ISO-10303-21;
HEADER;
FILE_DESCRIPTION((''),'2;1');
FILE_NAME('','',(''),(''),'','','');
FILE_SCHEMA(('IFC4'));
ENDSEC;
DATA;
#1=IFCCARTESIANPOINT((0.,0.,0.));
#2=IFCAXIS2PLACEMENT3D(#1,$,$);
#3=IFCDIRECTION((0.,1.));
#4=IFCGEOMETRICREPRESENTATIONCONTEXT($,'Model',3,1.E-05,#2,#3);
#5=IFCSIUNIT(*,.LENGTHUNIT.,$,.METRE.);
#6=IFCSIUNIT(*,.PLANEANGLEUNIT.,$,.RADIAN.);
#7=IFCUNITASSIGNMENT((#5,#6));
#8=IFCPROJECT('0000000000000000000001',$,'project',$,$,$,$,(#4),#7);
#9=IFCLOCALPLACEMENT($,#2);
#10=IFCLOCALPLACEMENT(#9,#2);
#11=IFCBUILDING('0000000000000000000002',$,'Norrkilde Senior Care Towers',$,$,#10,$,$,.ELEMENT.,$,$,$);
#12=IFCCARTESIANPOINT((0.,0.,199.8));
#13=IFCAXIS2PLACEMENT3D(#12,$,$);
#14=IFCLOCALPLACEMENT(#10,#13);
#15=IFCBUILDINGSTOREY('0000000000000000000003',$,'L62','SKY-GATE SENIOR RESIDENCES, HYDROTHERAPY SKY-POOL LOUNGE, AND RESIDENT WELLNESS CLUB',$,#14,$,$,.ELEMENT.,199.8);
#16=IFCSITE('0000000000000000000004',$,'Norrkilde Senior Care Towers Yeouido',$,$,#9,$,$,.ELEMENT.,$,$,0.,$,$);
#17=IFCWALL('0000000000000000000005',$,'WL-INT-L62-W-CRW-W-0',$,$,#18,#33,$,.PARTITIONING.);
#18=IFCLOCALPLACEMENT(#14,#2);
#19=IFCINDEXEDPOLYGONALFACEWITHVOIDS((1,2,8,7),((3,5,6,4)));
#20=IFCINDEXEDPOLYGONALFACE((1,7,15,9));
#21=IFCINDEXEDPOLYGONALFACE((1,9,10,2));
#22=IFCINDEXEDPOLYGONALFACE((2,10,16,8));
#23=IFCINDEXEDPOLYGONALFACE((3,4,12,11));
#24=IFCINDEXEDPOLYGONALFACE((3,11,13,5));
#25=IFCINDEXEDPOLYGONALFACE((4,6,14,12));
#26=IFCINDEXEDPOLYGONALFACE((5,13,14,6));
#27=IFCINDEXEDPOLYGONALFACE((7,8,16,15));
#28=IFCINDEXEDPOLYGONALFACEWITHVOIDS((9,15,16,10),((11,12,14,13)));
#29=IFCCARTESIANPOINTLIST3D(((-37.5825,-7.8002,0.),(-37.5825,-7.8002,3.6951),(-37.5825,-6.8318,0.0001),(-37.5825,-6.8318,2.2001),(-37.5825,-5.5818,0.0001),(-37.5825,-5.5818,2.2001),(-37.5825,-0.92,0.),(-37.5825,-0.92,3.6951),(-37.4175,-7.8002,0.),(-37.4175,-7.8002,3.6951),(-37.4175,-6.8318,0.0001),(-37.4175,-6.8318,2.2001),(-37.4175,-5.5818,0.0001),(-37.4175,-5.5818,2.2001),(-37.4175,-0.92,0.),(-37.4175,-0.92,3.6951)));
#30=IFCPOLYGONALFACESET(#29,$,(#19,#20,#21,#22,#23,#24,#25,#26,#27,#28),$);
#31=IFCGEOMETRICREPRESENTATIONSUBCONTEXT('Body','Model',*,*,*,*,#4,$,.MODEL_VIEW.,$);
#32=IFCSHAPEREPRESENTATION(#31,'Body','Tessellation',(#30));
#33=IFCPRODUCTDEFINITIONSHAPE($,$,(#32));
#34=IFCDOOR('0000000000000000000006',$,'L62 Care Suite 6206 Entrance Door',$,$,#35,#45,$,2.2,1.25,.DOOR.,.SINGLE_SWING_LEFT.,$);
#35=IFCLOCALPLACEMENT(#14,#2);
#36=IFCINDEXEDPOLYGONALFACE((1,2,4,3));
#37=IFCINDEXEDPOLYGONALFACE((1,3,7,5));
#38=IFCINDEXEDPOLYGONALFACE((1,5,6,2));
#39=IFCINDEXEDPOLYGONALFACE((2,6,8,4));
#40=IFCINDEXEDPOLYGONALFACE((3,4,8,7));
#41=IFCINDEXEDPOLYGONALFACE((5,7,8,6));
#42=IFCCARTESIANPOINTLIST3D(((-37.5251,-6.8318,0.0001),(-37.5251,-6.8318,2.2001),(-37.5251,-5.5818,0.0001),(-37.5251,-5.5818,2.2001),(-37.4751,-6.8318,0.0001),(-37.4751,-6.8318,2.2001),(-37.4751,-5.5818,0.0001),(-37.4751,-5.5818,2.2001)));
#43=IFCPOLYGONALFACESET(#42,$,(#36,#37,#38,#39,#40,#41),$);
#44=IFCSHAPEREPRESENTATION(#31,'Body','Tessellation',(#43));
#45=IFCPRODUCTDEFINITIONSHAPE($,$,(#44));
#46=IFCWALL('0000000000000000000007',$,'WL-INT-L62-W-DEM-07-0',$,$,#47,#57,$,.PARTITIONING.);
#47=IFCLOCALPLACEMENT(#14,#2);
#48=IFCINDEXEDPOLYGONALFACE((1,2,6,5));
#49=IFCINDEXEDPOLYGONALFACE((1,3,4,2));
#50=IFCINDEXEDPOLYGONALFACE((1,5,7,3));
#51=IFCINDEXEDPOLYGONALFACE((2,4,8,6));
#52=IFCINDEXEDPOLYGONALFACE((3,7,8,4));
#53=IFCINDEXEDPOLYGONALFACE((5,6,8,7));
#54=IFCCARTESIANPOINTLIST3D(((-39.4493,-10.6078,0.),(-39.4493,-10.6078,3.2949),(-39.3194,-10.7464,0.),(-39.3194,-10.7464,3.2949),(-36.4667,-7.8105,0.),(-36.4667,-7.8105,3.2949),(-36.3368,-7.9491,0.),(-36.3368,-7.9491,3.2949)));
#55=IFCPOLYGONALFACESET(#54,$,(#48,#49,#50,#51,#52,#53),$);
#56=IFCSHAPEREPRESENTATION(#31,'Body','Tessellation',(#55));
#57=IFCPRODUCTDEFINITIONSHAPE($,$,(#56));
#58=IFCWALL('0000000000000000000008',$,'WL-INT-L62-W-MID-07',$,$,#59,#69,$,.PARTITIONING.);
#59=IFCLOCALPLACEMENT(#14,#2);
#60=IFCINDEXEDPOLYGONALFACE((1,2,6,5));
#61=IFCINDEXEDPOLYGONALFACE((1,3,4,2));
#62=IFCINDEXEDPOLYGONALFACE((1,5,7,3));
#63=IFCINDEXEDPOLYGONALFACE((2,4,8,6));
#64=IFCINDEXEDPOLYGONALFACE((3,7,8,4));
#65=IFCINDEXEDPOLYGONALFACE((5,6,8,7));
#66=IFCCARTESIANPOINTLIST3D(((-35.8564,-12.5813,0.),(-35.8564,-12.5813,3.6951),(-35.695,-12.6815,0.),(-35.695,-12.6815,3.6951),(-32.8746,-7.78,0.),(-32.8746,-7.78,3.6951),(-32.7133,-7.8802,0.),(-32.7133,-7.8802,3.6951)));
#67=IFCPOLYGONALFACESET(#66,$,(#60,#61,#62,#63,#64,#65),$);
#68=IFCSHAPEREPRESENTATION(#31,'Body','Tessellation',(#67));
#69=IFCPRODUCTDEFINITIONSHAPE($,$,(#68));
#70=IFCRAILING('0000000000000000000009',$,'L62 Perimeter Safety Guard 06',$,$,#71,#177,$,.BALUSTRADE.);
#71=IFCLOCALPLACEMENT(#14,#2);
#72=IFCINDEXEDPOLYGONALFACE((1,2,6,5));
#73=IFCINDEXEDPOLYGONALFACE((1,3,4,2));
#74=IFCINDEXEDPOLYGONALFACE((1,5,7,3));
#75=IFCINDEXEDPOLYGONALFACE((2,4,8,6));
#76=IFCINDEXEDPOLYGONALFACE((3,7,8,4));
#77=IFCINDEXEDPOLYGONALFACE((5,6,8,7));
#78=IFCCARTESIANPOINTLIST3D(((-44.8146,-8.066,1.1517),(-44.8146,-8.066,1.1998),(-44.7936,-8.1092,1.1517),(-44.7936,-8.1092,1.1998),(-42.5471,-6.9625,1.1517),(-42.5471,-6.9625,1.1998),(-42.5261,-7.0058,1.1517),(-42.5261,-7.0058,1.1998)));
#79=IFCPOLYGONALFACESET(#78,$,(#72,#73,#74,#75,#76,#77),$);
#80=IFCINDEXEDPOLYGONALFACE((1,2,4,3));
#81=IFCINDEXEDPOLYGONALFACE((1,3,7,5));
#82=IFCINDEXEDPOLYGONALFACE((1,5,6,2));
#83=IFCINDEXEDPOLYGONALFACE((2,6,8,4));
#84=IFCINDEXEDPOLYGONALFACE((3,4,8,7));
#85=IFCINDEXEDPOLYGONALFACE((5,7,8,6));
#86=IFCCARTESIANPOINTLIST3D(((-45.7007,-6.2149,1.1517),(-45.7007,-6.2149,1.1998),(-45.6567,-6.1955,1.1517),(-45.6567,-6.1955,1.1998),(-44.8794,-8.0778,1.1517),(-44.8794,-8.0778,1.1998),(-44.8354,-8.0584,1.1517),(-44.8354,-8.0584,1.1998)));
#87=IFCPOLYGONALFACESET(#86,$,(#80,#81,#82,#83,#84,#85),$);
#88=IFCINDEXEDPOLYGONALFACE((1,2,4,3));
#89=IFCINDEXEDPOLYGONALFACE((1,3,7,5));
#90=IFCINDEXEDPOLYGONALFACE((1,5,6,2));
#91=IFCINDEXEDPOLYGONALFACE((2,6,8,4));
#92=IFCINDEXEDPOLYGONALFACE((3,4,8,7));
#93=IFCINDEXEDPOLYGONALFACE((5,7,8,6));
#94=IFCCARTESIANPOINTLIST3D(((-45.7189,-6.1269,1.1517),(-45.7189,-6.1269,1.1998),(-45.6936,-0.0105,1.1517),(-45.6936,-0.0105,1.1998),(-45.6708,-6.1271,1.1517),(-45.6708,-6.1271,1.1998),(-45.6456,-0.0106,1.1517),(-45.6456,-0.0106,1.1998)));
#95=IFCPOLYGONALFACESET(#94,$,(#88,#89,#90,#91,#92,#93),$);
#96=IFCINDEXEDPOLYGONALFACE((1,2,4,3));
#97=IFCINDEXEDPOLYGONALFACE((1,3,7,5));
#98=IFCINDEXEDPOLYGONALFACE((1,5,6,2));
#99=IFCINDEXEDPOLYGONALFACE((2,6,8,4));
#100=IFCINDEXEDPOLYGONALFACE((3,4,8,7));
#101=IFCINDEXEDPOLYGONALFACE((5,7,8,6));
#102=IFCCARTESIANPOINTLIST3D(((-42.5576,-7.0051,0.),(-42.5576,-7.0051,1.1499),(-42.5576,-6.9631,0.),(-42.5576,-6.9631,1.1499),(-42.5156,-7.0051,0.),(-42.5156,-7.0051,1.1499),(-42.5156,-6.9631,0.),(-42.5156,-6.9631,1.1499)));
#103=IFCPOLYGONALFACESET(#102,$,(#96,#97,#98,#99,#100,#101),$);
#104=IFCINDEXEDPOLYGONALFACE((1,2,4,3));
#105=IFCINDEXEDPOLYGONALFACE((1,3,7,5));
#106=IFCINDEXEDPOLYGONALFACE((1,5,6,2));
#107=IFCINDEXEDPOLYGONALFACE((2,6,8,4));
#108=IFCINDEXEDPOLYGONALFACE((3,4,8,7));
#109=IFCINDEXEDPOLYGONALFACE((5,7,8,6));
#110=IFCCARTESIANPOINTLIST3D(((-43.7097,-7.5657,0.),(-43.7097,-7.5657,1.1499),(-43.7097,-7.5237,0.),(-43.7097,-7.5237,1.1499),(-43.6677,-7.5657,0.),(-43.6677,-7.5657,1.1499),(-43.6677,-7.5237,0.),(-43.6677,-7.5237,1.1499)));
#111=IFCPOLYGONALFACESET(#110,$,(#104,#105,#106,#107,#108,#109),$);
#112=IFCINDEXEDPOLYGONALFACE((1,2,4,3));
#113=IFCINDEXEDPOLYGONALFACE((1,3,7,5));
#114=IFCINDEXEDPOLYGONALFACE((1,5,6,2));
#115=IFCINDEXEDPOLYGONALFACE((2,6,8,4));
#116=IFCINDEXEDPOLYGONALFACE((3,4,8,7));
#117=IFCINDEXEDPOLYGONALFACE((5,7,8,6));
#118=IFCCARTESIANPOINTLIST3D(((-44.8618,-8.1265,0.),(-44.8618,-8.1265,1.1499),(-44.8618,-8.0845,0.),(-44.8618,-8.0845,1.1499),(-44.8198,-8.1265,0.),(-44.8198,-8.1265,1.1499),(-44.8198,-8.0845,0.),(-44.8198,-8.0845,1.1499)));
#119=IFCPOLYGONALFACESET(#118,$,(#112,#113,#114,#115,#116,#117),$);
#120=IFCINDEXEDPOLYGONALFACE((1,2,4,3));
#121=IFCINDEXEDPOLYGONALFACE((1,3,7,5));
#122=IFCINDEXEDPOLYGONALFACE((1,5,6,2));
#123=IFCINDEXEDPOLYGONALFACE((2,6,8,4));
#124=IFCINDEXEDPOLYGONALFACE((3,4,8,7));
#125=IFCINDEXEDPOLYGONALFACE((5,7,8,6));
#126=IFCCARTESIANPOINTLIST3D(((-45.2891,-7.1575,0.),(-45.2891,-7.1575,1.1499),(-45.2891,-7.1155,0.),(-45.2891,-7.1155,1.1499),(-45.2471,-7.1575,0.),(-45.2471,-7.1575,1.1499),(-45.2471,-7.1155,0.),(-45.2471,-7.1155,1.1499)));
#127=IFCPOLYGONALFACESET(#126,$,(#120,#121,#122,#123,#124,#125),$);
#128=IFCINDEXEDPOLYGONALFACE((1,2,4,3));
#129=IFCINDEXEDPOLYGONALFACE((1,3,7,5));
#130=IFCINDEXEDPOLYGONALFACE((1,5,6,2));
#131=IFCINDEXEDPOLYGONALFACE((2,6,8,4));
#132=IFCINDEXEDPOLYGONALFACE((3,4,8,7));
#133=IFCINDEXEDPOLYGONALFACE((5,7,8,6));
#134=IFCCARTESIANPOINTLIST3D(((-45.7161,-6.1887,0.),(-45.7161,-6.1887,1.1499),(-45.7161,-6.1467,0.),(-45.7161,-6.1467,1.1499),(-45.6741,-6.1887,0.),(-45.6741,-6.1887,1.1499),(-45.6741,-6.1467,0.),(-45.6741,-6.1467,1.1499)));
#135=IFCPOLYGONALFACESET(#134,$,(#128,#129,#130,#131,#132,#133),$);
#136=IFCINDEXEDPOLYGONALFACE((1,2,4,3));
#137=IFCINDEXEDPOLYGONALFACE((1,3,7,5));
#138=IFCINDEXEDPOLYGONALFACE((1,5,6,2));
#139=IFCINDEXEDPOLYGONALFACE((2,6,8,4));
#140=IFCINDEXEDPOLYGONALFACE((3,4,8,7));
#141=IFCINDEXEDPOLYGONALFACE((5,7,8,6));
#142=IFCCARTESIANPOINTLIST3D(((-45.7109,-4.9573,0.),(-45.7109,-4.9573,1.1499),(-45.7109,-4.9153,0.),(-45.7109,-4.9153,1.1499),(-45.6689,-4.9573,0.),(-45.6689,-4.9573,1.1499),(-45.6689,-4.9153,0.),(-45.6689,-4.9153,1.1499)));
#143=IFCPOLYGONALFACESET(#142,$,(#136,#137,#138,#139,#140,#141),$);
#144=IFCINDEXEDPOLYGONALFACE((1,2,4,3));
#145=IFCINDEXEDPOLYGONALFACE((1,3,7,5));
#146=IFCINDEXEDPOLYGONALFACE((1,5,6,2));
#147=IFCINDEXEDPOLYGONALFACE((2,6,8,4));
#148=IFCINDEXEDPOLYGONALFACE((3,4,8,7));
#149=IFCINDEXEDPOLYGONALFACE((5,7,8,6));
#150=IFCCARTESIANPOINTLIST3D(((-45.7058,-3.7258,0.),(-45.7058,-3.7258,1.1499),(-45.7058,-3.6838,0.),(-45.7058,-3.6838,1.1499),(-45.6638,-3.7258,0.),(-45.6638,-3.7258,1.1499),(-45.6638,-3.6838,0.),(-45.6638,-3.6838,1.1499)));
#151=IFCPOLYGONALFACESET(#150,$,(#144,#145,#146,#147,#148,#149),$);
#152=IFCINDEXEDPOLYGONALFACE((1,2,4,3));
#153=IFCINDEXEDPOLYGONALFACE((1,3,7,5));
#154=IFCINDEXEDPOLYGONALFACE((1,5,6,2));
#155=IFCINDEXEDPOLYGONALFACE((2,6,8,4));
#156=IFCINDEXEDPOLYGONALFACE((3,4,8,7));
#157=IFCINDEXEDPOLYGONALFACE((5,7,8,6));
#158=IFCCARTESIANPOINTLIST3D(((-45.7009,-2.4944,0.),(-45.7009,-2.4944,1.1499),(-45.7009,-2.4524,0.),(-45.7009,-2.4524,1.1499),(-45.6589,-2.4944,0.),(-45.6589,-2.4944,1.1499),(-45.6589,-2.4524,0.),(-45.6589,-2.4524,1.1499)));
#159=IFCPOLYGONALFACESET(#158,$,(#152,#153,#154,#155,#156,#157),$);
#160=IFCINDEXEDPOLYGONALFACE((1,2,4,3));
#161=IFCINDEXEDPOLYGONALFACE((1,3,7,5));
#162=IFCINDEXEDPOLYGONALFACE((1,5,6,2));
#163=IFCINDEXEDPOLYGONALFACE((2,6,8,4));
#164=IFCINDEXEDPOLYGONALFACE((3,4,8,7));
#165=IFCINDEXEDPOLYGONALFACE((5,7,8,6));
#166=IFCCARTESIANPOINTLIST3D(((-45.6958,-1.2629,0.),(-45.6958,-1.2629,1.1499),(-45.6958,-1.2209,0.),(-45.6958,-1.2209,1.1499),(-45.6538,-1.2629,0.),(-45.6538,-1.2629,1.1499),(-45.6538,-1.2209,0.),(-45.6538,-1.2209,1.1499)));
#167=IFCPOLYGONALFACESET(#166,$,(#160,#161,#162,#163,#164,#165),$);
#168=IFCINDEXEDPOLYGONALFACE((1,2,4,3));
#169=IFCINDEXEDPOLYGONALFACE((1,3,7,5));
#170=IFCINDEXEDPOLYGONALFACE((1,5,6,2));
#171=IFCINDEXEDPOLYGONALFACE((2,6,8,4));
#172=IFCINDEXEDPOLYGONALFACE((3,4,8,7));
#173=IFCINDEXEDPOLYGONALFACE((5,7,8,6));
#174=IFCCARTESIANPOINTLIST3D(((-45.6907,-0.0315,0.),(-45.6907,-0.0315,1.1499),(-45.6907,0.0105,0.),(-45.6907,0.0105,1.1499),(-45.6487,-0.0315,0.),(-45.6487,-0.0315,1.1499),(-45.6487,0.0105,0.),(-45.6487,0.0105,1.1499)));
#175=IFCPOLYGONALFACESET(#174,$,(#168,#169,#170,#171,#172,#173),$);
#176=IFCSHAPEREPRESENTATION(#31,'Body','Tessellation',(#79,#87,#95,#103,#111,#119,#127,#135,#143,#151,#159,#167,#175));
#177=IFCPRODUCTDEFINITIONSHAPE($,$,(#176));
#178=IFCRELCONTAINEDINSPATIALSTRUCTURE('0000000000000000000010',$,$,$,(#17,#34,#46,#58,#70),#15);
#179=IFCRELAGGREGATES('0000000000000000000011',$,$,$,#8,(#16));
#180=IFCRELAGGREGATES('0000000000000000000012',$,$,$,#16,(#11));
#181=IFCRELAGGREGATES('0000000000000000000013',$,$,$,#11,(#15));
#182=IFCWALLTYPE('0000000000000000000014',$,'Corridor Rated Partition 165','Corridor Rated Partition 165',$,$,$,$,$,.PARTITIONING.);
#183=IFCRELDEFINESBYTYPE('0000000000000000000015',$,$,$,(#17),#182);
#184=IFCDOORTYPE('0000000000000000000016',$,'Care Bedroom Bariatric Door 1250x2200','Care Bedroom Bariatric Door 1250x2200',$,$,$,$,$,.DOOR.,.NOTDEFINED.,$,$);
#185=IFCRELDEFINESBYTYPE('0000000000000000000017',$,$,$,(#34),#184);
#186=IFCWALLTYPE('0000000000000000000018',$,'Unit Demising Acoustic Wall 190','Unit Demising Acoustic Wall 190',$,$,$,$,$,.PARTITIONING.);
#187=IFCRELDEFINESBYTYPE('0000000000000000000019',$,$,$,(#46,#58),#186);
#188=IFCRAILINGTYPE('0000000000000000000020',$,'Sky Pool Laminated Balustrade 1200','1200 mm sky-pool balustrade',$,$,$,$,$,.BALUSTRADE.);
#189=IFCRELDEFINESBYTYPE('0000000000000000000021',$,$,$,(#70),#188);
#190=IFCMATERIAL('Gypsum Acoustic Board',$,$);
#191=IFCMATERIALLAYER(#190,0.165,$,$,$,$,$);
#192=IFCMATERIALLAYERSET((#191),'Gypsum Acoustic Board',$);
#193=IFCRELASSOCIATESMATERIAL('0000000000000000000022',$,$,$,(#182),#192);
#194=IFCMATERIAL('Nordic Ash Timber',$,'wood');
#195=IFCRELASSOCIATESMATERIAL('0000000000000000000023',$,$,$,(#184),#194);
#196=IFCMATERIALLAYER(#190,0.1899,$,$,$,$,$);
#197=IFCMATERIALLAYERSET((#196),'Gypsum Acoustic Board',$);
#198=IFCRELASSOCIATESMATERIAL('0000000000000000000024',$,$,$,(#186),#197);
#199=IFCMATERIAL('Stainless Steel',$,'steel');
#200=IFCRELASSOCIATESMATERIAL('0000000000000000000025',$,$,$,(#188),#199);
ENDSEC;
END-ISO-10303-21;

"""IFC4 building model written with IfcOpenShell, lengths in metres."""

from ifc_helpers import new_model, si_unit, direction, frame, frame_2d, origin, origin_2d, place, context, subcontext, project, spatial, rectangle, extrude, source, transform, mapped, material, layer, layer_set, type_object, type_shapes, element, fill, save


model = new_model("IFC4")

# Units and contexts
model_context = context("Model", 3, precision=1e-05, world=origin(), true_north=direction((0.0, 1.0)))
body_context = subcontext(model_context, "Body", "Model", "MODEL_VIEW")
ifc_project = project(units=[si_unit("LENGTHUNIT", "METRE"), si_unit("PLANEANGLEUNIT", "RADIAN")], contexts=[model_context])

# Site, building, storey
site_placement = place(None, origin())
site = spatial("IfcSite", under=ifc_project, at=site_placement, Name="Norrkilde Senior Care Towers Yeouido", CompositionType="ELEMENT", RefElevation=0.0)
building_placement = place(site_placement, origin())
building = spatial("IfcBuilding", under=site, at=building_placement, Name="Norrkilde Senior Care Towers", CompositionType="ELEMENT")
storey_placement = place(building_placement, frame((0.0, 0.0, 199.8)))
storey = spatial("IfcBuildingStorey", under=building, at=storey_placement, Name="L62", Description="SKY-GATE SENIOR RESIDENCES, HYDROTHERAPY SKY-POOL LOUNGE, AND RESIDENT WELLNESS CLUB", CompositionType="ELEMENT", Elevation=199.8)

# Wall, opening, door
ifc_material_1 = material(Name="Gypsum Acoustic Board")
ifc_layer_1 = layer(ifc_material_1, 0.165)
ifc_layer_set_1 = layer_set([ifc_layer_1], Name="Gypsum Acoustic Board")
wall_type_1 = type_object("IfcWallType", Name="Corridor Rated Partition 165", Description="Corridor Rated Partition 165", PredefinedType="PARTITIONING", material=ifc_layer_set_1)
shared_shape_1 = source(origin(), body_context, "Body", "SweptSolid", [
    extrude(rectangle(XDim=6.8801, YDim=0.165, at=frame_2d((3.4399, 0.0))), origin(), (0.0, 0.0, 1.0), 3.6951),
])
type_shapes(wall_type_1, [shared_shape_1])
wall_1_placement = place(storey_placement, frame((-37.5, -7.8, 0.0), z_axis=(0.0, 0.0, 1.0), x_axis=(0.0, 1.0, 0.0)))
wall_1 = element("IfcWall", 1, at=wall_1_placement, inside=storey, type_object=wall_type_1, Name="WL-INT-L62-W-CRW-W-0", PredefinedType="PARTITIONING", context=body_context, shape_type="MappedRepresentation", body=[
    mapped(shared_shape_1, transform((0.0, 0.0, 0.0), x_axis=(1.0, 0.0, 0.0), y_axis=(0.0, 1.0, 0.0), z_axis=(0.0, 0.0, 1.0), scale=1.0)),
])
opening_placement = place(wall_1_placement, frame((0.9683, 0.0, 0.0)))
opening = element("IfcOpeningElement", 2, at=opening_placement, cuts=wall_1, PredefinedType="OPENING", context=body_context, shape_type="SweptSolid", body=[
    extrude(rectangle(XDim=1.25, YDim=2.2, at=frame_2d((0.625, 1.1001))), frame((0.0, 0.0925, 0.0), z_axis=(0.0, -1.0, 0.0), x_axis=(1.0, 0.0, 0.0)), (0.0, 0.0, 1.0), 0.1851),
])
ifc_material_2 = material(Name="Nordic Ash Timber", Category="wood")
door_type = type_object("IfcDoorType", Name="Care Bedroom Bariatric Door 1250x2200", Description="Care Bedroom Bariatric Door 1250x2200", OperationType="NOTDEFINED", PredefinedType="DOOR", material=ifc_material_2)
shared_shape_2 = source(origin(), body_context, "Body", "SweptSolid", [
    extrude(rectangle(XDim=1.25, YDim=2.2, at=frame_2d((0.625, 1.1001))), frame((0.0, 0.0249, 0.0), z_axis=(0.0, -1.0, 0.0), x_axis=(1.0, 0.0, 0.0)), (0.0, 0.0, 1.0), 0.05),
])
type_shapes(door_type, [shared_shape_2])
door_placement = place(opening_placement, frame((1.25, 0.0, 0.0), z_axis=(0.0, 0.0, 1.0), x_axis=(-1.0, 0.0, 0.0)))
door = element("IfcDoor", 3, at=door_placement, inside=storey, type_object=door_type, Name="L62 Care Suite 6206 Entrance Door", OperationType="SINGLE_SWING_LEFT", OverallHeight=2.2, OverallWidth=1.25, PredefinedType="DOOR", context=body_context, shape_type="MappedRepresentation", body=[
    mapped(shared_shape_2, transform((0.0, 0.0, 0.0), x_axis=(1.0, 0.0, 0.0), y_axis=(0.0, 1.0, 0.0), z_axis=(0.0, 0.0, 1.0), scale=1.0)),
])
fill(opening, door)

# Walls
ifc_layer_2 = layer(ifc_material_1, 0.1899)
ifc_layer_set_2 = layer_set([ifc_layer_2], Name="Gypsum Acoustic Board")
wall_type_2 = type_object("IfcWallType", Name="Unit Demising Acoustic Wall 190", Description="Unit Demising Acoustic Wall 190", PredefinedType="PARTITIONING", material=ifc_layer_set_2)
shared_shape_3 = source(origin(), body_context, "Body", "SweptSolid", [
    extrude(rectangle(XDim=4.0891, YDim=0.1899, at=frame_2d((2.0444, 0.0))), origin(), (0.0, 0.0, 1.0), 3.2949),
])
wall_2_placement = place(storey_placement, frame((-36.4019, -7.8799, 0.0), z_axis=(0.0, 0.0, 1.0), x_axis=(-0.729401, -0.684086, 0.0)))
element("IfcWall", 4, at=wall_2_placement, inside=storey, type_object=wall_type_2, Name="WL-INT-L62-W-DEM-07-0", PredefinedType="PARTITIONING", context=body_context, shape_type="MappedRepresentation", body=[
    mapped(shared_shape_3, transform((0.0, 0.0, 0.0), x_axis=(1.0, 0.0, 0.0), y_axis=(0.0, 1.0, 0.0), z_axis=(0.0, 0.0, 1.0), scale=1.0)),
])
shared_shape_4 = source(origin(), body_context, "Body", "SweptSolid", [
    extrude(rectangle(XDim=5.6519, YDim=0.1899, at=frame_2d((2.8259, 0.0))), origin(), (0.0, 0.0, 1.0), 3.6951),
])
type_shapes(wall_type_2, [shared_shape_3, shared_shape_4])
wall_3_placement = place(storey_placement, frame((-32.7939, -7.8301, 0.0), z_axis=(0.0, 0.0, 1.0), x_axis=(-0.527566, -0.849514, 0.0)))
element("IfcWall", 5, at=wall_3_placement, inside=storey, type_object=wall_type_2, Name="WL-INT-L62-W-MID-07", PredefinedType="PARTITIONING", context=body_context, shape_type="MappedRepresentation", body=[
    mapped(shared_shape_4, transform((0.0, 0.0, 0.0), x_axis=(1.0, 0.0, 0.0), y_axis=(0.0, 1.0, 0.0), z_axis=(0.0, 0.0, 1.0), scale=1.0)),
])

# Railing
ifc_material_3 = material(Name="Stainless Steel", Category="steel")
railing_type = type_object("IfcRailingType", Name="Sky Pool Laminated Balustrade 1200", Description="1200 mm sky-pool balustrade", PredefinedType="BALUSTRADE", material=ifc_material_3)
railing_placement = place(storey_placement, frame((-42.5366, -6.9841, 0.0)))
element("IfcRailing", 6, at=railing_placement, inside=storey, type_object=railing_type, Name="L62 Perimeter Safety Guard 06", PredefinedType="BALUSTRADE", context=body_context, shape_type="SweptSolid", body=[
    extrude(rectangle(XDim=0.0481, YDim=0.0481, at=origin_2d()), frame((0.0, 0.0, 1.1758), z_axis=(-0.899177, -0.437584, 0.0), x_axis=(0.437584, -0.899177, 0.0)), (0.0, 0.0, 1.0), 2.5217),
    extrude(rectangle(XDim=0.0481, YDim=0.0481, at=origin_2d()), frame((-2.3208, -1.084, 1.1758), z_axis=(-0.403388, 0.915029, 0.0), x_axis=(-0.915029, -0.403388, 0.0)), (0.0, 0.0, 1.0), 2.0359),
    extrude(rectangle(XDim=0.0481, YDim=0.0481, at=origin_2d()), frame((-3.1582, 0.8572, 1.1758), z_axis=(0.004124, 0.999991, 0.0), x_axis=(-0.999991, 0.004124, 0.0)), (0.0, 0.0, 1.0), 6.1165),
    extrude(rectangle(XDim=0.042, YDim=0.042, at=origin_2d()), origin(), (0.0, 0.0, 1.0), 1.1499),
    extrude(rectangle(XDim=0.042, YDim=0.042, at=origin_2d()), frame((-1.1521, -0.5605, 0.0)), (0.0, 0.0, 1.0), 1.1499),
    extrude(rectangle(XDim=0.042, YDim=0.042, at=origin_2d()), frame((-2.3042, -1.1213, 0.0)), (0.0, 0.0, 1.0), 1.1499),
    extrude(rectangle(XDim=0.042, YDim=0.042, at=origin_2d()), frame((-2.7314, -0.1523, 0.0)), (0.0, 0.0, 1.0), 1.1499),
    extrude(rectangle(XDim=0.042, YDim=0.042, at=origin_2d()), frame((-3.1584, 0.8164, 0.0)), (0.0, 0.0, 1.0), 1.1499),
    extrude(rectangle(XDim=0.042, YDim=0.042, at=origin_2d()), frame((-3.1533, 2.0479, 0.0)), (0.0, 0.0, 1.0), 1.1499),
    extrude(rectangle(XDim=0.042, YDim=0.042, at=origin_2d()), frame((-3.1482, 3.2793, 0.0)), (0.0, 0.0, 1.0), 1.1499),
    extrude(rectangle(XDim=0.042, YDim=0.042, at=origin_2d()), frame((-3.1433, 4.5107, 0.0)), (0.0, 0.0, 1.0), 1.1499),
    extrude(rectangle(XDim=0.042, YDim=0.042, at=origin_2d()), frame((-3.1382, 5.7422, 0.0)), (0.0, 0.0, 1.0), 1.1499),
    extrude(rectangle(XDim=0.042, YDim=0.042, at=origin_2d()), frame((-3.1331, 6.9736, 0.0)), (0.0, 0.0, 1.0), 1.1499),
])

save(model, "model.ifc")
